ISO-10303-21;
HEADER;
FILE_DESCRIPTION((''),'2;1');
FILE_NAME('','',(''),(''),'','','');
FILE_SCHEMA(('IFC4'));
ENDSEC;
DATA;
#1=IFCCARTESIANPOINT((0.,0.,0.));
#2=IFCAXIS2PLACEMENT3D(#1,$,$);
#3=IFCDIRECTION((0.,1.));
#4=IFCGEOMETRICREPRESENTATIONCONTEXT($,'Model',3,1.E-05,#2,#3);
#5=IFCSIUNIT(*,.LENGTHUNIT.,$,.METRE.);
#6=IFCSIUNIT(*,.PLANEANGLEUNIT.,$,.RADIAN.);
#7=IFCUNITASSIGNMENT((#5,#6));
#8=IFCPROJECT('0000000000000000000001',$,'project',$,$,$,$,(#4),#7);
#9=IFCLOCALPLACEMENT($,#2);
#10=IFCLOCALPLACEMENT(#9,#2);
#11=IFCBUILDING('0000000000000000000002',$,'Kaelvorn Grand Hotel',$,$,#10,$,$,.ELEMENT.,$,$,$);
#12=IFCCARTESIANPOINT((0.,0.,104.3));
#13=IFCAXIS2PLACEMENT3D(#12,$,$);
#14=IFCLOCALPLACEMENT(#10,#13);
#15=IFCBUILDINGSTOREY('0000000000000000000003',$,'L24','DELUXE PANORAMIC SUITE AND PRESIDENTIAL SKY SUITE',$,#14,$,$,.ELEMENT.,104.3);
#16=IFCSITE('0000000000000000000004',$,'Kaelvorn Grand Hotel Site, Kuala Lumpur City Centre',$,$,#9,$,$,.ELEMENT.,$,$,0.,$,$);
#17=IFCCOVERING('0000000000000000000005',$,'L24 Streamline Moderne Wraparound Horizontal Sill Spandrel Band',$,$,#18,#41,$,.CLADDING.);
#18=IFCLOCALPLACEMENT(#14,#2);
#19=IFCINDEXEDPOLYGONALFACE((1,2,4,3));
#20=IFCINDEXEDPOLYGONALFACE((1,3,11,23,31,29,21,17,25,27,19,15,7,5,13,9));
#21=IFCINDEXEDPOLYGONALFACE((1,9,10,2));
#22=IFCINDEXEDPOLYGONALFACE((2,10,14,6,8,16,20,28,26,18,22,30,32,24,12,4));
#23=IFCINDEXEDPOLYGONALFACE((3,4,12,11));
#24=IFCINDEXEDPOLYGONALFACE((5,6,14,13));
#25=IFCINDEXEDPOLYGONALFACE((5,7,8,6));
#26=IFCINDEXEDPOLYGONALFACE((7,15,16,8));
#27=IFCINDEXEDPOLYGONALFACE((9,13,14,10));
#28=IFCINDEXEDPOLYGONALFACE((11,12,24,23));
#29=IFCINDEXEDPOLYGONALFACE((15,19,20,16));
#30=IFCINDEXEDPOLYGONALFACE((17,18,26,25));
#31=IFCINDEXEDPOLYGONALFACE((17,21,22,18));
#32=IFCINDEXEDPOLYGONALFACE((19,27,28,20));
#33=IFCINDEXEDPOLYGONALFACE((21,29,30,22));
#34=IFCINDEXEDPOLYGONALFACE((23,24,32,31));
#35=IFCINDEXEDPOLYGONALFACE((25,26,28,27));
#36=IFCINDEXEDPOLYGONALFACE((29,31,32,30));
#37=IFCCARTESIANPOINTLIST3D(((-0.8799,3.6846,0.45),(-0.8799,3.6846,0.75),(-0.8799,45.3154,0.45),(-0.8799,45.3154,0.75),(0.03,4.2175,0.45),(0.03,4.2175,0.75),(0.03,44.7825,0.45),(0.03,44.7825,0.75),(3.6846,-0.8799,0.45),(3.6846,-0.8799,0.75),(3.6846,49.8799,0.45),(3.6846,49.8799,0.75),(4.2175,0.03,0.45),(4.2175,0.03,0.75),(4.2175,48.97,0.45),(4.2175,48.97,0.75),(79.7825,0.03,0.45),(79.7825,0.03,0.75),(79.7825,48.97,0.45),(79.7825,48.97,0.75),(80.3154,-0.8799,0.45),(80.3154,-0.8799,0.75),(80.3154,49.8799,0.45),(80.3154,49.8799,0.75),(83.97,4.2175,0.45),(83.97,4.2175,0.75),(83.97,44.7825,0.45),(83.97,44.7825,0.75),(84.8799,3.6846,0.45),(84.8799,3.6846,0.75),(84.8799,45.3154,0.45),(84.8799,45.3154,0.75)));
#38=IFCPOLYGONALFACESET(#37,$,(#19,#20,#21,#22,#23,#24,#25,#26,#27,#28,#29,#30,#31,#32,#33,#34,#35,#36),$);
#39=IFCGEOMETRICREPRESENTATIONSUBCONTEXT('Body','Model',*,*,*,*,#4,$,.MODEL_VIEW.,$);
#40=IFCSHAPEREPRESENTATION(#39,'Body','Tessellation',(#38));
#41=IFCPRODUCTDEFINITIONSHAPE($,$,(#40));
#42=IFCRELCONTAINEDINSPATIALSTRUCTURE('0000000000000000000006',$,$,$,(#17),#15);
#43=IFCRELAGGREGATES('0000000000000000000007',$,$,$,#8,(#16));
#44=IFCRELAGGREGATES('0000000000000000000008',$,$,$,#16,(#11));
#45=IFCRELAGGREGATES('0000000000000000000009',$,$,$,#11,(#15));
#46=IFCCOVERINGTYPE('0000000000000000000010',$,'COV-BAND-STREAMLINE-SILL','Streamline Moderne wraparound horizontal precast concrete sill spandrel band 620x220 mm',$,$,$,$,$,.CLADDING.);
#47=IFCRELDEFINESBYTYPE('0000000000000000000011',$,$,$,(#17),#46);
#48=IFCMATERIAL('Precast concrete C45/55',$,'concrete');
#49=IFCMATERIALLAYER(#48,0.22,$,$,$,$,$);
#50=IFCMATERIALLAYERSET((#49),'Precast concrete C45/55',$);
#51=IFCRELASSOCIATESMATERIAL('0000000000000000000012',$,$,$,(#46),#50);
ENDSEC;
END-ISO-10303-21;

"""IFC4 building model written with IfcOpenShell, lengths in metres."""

from ifc_helpers import new_model, si_unit, direction, frame, origin, place, context, subcontext, project, spatial, polyline, outline, extrude, material, layer, layer_set, type_object, element, save


model = new_model("IFC4")

# Units and contexts
model_context = context("Model", 3, precision=1e-05, world=origin(), true_north=direction((0.0, 1.0)))
body_context = subcontext(model_context, "Body", "Model", "MODEL_VIEW")
ifc_project = project(units=[si_unit("LENGTHUNIT", "METRE"), si_unit("PLANEANGLEUNIT", "RADIAN")], contexts=[model_context])

# Site, building, storey
site_placement = place(None, origin())
site = spatial("IfcSite", under=ifc_project, at=site_placement, Name="Kaelvorn Grand Hotel Site, Kuala Lumpur City Centre", CompositionType="ELEMENT", RefElevation=0.0)
building_placement = place(site_placement, origin())
building = spatial("IfcBuilding", under=site, at=building_placement, Name="Kaelvorn Grand Hotel", CompositionType="ELEMENT")
storey_placement = place(building_placement, frame((0.0, 0.0, 104.3)))
storey = spatial("IfcBuildingStorey", under=building, at=storey_placement, Name="L24", Description="DELUXE PANORAMIC SUITE AND PRESIDENTIAL SKY SUITE", CompositionType="ELEMENT", Elevation=104.3)

# Covering
ifc_material_1 = material(Name="Precast concrete C45/55", Category="concrete")
ifc_layer_1 = layer(ifc_material_1, 0.22)
ifc_layer_set_1 = layer_set([ifc_layer_1], Name="Precast concrete C45/55")
covering_type_1 = type_object("IfcCoveringType", Name="COV-BAND-STREAMLINE-SILL", Description="Streamline Moderne wraparound horizontal precast concrete sill spandrel band 620x220 mm", PredefinedType="CLADDING", material=ifc_layer_set_1)
covering_1_placement = place(storey_placement, frame((0.0, 0.0, 0.45)))
element("IfcCovering", 1, at=covering_1_placement, inside=storey, type_object=covering_type_1, Name="L24 Streamline Moderne Wraparound Horizontal Sill Spandrel Band", PredefinedType="CLADDING", context=body_context, shape_type="SweptSolid", body=[
    extrude(outline(polyline([(80.3154, -0.8799), (84.8799, 3.6846), (84.8799, 45.3154), (80.3154, 49.8799), (3.6846, 49.8799), (-0.8799, 45.3154), (-0.8799, 3.6846), (3.6846, -0.8799), (4.2175, 0.03), (0.03, 4.2175), (0.03, 44.7825), (4.2175, 48.97), (79.7825, 48.97), (83.97, 44.7825), (83.97, 4.2175), (79.7825, 0.03), (80.3154, -0.8799)])), origin(), (0.0, 0.0, 1.0), 0.3),
])

save(model, "model.ifc")
